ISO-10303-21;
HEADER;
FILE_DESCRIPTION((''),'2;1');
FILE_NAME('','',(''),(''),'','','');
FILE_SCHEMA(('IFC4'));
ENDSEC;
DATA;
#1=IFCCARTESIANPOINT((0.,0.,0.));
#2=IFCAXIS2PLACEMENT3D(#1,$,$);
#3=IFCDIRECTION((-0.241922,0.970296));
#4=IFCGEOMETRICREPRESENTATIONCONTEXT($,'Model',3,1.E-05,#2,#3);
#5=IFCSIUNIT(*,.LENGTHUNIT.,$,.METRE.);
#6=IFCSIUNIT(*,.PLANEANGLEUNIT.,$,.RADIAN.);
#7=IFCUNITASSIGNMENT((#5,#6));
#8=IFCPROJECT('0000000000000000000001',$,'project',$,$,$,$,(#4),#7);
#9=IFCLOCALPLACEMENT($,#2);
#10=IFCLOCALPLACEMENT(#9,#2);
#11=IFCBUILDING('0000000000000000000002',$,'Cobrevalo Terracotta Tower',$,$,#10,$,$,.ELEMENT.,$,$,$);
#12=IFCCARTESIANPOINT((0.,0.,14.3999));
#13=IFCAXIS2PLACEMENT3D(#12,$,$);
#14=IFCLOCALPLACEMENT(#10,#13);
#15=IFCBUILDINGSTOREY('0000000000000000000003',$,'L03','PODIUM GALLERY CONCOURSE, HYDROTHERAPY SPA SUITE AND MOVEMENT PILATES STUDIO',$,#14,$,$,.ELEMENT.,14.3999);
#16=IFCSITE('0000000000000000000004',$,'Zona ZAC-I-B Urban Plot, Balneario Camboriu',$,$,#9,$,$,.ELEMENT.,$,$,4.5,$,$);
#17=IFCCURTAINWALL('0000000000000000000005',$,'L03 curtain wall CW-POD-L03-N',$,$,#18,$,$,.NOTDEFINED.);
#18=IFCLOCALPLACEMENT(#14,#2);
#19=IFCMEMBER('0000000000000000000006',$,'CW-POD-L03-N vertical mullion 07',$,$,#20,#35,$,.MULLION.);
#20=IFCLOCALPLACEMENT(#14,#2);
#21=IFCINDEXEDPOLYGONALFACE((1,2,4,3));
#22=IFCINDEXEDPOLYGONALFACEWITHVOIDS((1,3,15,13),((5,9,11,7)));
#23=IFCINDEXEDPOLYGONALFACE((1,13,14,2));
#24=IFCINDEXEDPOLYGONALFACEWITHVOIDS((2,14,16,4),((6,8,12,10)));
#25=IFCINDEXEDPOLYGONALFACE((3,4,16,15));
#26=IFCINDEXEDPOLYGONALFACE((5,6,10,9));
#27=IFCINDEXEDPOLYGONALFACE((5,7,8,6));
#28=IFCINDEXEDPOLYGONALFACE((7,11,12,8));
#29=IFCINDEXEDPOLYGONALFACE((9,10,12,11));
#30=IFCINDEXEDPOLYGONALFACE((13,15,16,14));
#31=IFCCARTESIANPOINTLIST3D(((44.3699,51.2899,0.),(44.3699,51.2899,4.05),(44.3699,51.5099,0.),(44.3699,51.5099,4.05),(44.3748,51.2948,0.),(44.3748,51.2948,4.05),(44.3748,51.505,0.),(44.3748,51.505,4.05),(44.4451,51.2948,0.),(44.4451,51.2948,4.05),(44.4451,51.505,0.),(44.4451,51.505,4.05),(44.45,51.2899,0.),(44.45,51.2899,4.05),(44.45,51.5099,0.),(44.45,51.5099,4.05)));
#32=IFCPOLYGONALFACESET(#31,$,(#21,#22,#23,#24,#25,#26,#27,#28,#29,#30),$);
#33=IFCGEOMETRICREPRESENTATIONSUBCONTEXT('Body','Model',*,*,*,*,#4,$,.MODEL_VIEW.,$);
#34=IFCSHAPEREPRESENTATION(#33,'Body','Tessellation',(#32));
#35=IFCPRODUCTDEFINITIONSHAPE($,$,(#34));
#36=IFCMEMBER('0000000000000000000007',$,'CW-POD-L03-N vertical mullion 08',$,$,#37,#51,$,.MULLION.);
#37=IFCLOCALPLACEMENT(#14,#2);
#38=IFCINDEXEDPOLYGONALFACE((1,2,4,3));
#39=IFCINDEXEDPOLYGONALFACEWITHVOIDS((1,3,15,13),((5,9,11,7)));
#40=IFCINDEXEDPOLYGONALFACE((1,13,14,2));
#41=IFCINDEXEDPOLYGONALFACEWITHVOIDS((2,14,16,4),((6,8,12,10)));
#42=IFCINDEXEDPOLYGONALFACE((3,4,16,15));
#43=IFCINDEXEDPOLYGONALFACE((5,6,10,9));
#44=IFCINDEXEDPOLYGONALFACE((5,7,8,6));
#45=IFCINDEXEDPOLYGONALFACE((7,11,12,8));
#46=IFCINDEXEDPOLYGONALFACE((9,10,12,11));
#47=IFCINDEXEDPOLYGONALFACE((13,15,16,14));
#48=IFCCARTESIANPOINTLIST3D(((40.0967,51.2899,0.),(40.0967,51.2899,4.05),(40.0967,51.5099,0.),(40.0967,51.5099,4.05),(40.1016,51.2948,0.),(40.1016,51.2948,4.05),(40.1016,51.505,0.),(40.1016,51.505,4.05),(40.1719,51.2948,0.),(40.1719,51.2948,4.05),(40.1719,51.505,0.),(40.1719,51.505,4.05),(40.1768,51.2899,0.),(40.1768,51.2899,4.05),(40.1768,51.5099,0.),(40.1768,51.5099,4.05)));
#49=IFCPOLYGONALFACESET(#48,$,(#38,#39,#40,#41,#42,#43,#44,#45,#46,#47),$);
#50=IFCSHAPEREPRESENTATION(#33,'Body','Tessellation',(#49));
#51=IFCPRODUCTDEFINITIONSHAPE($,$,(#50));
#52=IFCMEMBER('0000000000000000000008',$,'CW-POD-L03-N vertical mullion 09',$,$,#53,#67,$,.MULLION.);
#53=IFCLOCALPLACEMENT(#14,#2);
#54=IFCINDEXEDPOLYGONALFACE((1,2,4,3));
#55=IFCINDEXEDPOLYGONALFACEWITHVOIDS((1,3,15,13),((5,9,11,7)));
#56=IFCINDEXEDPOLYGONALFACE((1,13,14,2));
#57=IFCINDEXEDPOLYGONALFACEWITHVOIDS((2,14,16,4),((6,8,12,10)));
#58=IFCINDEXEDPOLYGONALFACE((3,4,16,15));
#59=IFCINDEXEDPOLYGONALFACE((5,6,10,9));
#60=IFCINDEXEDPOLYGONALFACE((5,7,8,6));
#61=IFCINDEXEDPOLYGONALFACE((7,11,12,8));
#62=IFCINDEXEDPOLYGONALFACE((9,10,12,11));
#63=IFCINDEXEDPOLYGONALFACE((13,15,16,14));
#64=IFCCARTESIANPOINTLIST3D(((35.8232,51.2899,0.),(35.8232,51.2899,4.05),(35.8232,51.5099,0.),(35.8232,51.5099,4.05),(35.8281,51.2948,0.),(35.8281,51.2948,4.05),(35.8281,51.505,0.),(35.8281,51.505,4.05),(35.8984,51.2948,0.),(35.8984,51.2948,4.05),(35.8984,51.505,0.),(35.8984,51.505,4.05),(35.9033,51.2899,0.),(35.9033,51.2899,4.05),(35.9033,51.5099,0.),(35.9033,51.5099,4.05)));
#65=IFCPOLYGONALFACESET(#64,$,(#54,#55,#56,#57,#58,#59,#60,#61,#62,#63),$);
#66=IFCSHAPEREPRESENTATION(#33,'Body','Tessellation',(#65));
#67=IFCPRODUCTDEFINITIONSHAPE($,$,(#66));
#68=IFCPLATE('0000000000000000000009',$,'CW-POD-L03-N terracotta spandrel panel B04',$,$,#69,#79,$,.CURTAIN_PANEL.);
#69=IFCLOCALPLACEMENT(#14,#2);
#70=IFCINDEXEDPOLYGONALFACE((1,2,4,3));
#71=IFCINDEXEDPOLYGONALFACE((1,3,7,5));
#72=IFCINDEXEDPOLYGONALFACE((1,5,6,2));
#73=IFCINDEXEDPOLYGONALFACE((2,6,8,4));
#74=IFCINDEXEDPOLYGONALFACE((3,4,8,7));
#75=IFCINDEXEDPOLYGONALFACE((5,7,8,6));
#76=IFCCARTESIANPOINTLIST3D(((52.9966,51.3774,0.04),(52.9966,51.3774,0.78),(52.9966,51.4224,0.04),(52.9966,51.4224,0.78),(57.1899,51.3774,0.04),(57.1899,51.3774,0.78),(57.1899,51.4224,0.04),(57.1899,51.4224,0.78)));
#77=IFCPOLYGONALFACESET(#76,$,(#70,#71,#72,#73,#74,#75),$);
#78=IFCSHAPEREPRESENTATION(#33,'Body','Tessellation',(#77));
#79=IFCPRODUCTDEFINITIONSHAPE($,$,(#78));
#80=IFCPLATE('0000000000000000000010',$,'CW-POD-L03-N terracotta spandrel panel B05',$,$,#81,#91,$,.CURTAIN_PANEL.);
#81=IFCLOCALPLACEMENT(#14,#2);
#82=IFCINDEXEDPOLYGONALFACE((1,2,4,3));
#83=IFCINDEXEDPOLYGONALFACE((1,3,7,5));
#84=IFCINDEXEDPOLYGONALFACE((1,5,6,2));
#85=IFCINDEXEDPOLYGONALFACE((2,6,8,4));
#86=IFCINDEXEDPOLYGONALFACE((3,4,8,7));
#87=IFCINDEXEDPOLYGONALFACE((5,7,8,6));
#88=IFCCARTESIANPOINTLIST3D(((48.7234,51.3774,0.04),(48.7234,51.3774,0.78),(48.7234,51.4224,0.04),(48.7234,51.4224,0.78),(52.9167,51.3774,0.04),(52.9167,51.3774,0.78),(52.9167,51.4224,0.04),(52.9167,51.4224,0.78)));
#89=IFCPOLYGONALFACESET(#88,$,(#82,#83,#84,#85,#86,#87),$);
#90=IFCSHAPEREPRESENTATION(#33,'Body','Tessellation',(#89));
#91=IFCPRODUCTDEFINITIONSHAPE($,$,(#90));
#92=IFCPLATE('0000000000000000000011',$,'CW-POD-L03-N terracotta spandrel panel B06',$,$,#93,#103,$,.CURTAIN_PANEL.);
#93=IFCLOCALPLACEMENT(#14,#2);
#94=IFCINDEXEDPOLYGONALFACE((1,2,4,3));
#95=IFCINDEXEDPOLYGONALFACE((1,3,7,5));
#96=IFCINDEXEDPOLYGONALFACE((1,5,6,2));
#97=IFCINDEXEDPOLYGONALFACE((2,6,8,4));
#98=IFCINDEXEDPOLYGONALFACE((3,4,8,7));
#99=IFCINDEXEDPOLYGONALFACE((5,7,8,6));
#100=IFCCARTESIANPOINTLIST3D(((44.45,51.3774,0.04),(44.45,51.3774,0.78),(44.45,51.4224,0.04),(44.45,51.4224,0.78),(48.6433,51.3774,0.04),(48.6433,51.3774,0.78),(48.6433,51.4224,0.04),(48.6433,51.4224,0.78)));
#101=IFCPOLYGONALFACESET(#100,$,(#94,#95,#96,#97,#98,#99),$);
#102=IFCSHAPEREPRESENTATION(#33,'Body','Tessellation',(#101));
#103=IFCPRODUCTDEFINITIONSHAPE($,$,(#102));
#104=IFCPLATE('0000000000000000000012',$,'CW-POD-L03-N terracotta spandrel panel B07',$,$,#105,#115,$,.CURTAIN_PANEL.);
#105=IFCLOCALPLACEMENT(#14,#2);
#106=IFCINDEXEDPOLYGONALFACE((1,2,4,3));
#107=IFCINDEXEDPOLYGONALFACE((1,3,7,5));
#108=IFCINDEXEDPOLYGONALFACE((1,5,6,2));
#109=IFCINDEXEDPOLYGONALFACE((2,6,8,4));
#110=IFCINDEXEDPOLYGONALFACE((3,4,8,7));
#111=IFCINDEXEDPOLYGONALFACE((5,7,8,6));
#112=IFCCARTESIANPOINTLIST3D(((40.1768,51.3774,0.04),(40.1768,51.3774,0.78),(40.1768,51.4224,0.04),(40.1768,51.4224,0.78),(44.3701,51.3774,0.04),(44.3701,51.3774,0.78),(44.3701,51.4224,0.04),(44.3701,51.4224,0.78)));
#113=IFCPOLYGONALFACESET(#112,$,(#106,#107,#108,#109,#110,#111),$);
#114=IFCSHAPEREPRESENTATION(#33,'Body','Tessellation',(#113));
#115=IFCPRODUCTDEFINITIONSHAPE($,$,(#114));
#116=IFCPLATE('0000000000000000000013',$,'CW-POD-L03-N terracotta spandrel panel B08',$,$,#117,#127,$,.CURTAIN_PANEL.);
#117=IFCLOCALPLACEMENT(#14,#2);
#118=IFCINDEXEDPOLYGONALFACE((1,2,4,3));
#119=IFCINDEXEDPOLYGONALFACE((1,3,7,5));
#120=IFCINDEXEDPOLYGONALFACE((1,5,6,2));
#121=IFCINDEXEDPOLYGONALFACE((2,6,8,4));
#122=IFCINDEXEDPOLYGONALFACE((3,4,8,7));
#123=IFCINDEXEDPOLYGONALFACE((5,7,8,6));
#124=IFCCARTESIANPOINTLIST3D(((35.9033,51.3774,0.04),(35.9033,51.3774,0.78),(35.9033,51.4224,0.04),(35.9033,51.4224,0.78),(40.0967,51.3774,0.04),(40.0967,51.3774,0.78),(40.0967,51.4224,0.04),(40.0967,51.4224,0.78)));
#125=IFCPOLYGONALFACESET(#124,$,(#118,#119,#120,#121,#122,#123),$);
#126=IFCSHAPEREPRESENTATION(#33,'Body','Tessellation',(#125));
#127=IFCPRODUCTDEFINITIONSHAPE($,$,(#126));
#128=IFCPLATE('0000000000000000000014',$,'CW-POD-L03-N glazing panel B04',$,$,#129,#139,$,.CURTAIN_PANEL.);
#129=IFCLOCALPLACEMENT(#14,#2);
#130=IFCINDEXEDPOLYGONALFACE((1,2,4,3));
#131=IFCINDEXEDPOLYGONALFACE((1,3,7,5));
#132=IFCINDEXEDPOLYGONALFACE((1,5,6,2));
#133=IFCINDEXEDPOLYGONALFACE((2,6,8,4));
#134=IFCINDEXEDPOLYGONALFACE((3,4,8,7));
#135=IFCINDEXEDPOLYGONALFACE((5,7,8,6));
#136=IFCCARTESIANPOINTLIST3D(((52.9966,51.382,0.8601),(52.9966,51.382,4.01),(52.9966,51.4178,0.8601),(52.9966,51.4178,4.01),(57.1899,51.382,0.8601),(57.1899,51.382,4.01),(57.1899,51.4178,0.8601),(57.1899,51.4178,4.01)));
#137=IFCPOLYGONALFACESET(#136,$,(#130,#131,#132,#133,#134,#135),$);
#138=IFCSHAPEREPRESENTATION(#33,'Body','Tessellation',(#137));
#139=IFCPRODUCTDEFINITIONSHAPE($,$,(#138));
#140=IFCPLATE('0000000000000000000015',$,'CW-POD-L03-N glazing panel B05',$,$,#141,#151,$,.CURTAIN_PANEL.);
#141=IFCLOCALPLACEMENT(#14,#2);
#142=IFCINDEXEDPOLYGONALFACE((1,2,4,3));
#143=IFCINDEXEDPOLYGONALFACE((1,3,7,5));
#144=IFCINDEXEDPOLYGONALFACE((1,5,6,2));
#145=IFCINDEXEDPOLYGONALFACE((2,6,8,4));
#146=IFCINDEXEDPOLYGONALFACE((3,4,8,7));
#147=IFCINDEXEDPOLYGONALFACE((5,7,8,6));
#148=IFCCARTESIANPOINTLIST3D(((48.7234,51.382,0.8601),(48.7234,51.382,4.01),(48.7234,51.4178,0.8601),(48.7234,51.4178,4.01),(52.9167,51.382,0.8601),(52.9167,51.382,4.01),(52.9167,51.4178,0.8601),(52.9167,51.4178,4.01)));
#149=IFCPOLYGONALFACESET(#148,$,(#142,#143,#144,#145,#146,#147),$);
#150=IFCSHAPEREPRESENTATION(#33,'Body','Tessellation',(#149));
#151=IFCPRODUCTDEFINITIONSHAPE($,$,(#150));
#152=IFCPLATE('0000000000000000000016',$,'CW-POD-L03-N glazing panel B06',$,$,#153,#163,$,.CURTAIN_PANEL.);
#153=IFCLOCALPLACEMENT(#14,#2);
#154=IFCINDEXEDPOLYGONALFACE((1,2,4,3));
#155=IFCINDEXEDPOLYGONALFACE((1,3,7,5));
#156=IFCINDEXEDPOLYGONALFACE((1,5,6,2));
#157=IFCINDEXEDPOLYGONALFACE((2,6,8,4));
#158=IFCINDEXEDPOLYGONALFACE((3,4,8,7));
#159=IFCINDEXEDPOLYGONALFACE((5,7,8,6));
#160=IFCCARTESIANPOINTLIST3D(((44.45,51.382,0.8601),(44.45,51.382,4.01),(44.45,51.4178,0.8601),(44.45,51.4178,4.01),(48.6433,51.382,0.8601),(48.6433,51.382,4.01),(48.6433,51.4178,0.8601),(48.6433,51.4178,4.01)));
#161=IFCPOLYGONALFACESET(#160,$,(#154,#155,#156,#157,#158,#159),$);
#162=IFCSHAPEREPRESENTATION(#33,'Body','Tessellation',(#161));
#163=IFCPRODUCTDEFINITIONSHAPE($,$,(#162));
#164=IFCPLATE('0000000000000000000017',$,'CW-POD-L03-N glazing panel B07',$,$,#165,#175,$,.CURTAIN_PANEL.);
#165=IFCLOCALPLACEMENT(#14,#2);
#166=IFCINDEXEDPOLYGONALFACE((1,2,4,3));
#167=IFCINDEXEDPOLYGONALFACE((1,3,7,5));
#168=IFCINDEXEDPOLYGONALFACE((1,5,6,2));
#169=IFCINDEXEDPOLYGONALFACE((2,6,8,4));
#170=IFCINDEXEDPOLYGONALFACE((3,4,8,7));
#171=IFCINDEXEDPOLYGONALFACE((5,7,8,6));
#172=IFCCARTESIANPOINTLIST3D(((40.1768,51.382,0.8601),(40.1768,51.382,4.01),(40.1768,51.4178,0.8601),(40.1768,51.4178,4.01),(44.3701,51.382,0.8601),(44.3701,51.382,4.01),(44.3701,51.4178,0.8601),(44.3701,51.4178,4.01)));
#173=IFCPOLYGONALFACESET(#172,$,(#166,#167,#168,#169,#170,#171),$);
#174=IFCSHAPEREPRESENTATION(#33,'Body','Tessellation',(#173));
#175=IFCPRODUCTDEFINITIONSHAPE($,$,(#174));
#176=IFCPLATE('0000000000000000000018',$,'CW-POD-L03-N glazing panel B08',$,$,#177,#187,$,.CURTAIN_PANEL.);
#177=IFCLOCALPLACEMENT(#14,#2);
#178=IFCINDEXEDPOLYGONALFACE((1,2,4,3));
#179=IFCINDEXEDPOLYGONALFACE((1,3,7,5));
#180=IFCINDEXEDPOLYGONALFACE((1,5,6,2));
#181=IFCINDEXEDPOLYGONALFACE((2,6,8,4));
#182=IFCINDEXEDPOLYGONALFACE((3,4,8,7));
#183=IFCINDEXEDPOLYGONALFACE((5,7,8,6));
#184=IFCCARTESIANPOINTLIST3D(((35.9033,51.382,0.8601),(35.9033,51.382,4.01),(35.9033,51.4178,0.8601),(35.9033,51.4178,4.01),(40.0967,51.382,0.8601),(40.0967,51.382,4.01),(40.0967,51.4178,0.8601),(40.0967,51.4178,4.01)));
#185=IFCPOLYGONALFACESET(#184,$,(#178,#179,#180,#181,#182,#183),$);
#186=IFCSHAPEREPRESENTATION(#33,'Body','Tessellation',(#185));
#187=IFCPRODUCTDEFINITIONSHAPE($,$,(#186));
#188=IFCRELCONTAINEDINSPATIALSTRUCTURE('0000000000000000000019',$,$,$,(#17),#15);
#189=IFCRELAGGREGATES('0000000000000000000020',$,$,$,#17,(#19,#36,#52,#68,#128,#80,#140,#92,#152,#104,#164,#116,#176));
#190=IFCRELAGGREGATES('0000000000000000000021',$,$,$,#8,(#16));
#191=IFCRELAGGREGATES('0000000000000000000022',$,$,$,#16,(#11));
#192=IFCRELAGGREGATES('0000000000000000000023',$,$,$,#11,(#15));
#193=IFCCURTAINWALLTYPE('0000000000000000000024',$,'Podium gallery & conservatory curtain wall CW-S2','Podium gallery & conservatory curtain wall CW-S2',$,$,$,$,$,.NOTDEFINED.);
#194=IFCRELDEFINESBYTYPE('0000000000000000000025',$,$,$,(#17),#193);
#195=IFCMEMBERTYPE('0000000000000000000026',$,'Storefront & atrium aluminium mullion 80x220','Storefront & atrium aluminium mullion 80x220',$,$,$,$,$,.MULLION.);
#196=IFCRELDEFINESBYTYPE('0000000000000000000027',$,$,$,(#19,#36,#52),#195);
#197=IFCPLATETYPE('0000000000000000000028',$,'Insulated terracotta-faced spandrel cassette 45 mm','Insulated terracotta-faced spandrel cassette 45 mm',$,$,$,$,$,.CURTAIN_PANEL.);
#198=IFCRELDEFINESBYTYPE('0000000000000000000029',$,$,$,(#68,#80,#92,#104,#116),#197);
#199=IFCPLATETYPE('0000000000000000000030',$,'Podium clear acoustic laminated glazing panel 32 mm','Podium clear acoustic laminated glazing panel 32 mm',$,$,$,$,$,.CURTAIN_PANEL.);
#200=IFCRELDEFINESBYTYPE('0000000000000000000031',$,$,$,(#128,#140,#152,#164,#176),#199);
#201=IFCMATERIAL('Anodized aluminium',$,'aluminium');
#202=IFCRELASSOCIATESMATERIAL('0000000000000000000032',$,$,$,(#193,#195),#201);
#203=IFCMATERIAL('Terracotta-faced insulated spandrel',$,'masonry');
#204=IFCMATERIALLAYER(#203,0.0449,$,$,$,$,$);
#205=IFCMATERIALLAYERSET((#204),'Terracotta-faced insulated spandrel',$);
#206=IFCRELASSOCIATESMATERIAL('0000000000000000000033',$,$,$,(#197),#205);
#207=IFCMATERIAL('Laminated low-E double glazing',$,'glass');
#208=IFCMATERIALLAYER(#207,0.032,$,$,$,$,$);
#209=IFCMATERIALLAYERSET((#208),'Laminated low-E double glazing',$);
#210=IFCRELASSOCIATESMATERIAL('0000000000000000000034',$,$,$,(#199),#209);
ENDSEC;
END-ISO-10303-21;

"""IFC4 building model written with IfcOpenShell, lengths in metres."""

from ifc_helpers import new_model, si_unit, direction, frame, origin, origin_2d, place, context, subcontext, project, spatial, rectangle, hollow_rectangle, extrude, source, transform, mapped, material, layer, layer_set, material_profile, profile_set, type_object, element, aggregate, save


model = new_model("IFC4")

# Units and contexts
model_context = context("Model", 3, precision=1e-05, world=origin(), true_north=direction((-0.241922, 0.970296)))
body_context = subcontext(model_context, "Body", "Model", "MODEL_VIEW")
ifc_project = project(units=[si_unit("LENGTHUNIT", "METRE"), si_unit("PLANEANGLEUNIT", "RADIAN")], contexts=[model_context])

# Site, building, storey
site_placement = place(None, origin())
site = spatial("IfcSite", under=ifc_project, at=site_placement, Name="Zona ZAC-I-B Urban Plot, Balneario Camboriu", CompositionType="ELEMENT", RefElevation=4.5)
building_placement = place(site_placement, origin())
building = spatial("IfcBuilding", under=site, at=building_placement, Name="Cobrevalo Terracotta Tower", CompositionType="ELEMENT")
storey_placement = place(building_placement, frame((0.0, 0.0, 14.3999)))
storey = spatial("IfcBuildingStorey", under=building, at=storey_placement, Name="L03", Description="PODIUM GALLERY CONCOURSE, HYDROTHERAPY SPA SUITE AND MOVEMENT PILATES STUDIO", CompositionType="ELEMENT", Elevation=14.3999)

# Curtain wall, members, plates
ifc_material_1 = material(Name="Anodized aluminium", Category="aluminium")
curtain_wall_type = type_object("IfcCurtainWallType", Name="Podium gallery & conservatory curtain wall CW-S2", Description="Podium gallery & conservatory curtain wall CW-S2", PredefinedType="NOTDEFINED", material=ifc_material_1)
curtain_wall_placement = place(storey_placement, origin())
curtain_wall = element("IfcCurtainWall", 1, at=curtain_wall_placement, inside=storey, type_object=curtain_wall_type, Name="L03 curtain wall CW-POD-L03-N", PredefinedType="NOTDEFINED")
ifc_material_profile_1 = material_profile(ifc_material_1, hollow_rectangle(XDim=0.0801, YDim=0.22, WallThickness=0.0049, at=origin_2d()), Name="CWM 80x220")
ifc_profile_set_1 = profile_set([ifc_material_profile_1], Name="Anodized aluminium")
member_type_1 = type_object("IfcMemberType", Name="Storefront & atrium aluminium mullion 80x220", Description="Storefront & atrium aluminium mullion 80x220", PredefinedType="MULLION", material=ifc_profile_set_1)
shared_shape_1 = source(origin(), body_context, "Body", "SweptSolid", [
    extrude(hollow_rectangle(XDim=0.0801, YDim=0.22, WallThickness=0.0049, at=origin_2d()), origin(), (0.0, 0.0, 1.0), 4.05),
])
member_1_placement = place(storey_placement, frame((44.4099, 51.3999, 0.0), z_axis=(0.0, 0.0, 1.0), x_axis=(-1.0, 0.0, 0.0)))
member_1 = element("IfcMember", 2, at=member_1_placement, type_object=member_type_1, Name="CW-POD-L03-N vertical mullion 07", PredefinedType="MULLION", context=body_context, shape_type="MappedRepresentation", body=[
    mapped(shared_shape_1, transform((0.0, 0.0, 0.0), scale=1.0)),
])
member_2_placement = place(storey_placement, frame((40.1367, 51.3999, 0.0), z_axis=(0.0, 0.0, 1.0), x_axis=(-1.0, 0.0, 0.0)))
member_2 = element("IfcMember", 3, at=member_2_placement, type_object=member_type_1, Name="CW-POD-L03-N vertical mullion 08", PredefinedType="MULLION", context=body_context, shape_type="MappedRepresentation", body=[
    mapped(shared_shape_1, transform((0.0, 0.0, 0.0), scale=1.0)),
])
member_3_placement = place(storey_placement, frame((35.8633, 51.3999, 0.0), z_axis=(0.0, 0.0, 1.0), x_axis=(-1.0, 0.0, 0.0)))
member_3 = element("IfcMember", 4, at=member_3_placement, type_object=member_type_1, Name="CW-POD-L03-N vertical mullion 09", PredefinedType="MULLION", context=body_context, shape_type="MappedRepresentation", body=[
    mapped(shared_shape_1, transform((0.0, 0.0, 0.0), scale=1.0)),
])
ifc_material_2 = material(Name="Terracotta-faced insulated spandrel", Category="masonry")
ifc_layer_1 = layer(ifc_material_2, 0.0449)
ifc_layer_set_1 = layer_set([ifc_layer_1], Name="Terracotta-faced insulated spandrel")
plate_type_1 = type_object("IfcPlateType", Name="Insulated terracotta-faced spandrel cassette 45 mm", Description="Insulated terracotta-faced spandrel cassette 45 mm", PredefinedType="CURTAIN_PANEL", material=ifc_layer_set_1)
shared_shape_2 = source(origin(), body_context, "Body", "SweptSolid", [
    extrude(rectangle(XDim=4.1934, YDim=0.0449, at=origin_2d()), origin(), (0.0, 0.0, 1.0), 0.74),
])
plate_1_placement = place(storey_placement, frame((55.0933, 51.3999, 0.04), z_axis=(0.0, 0.0, 1.0), x_axis=(-1.0, 0.0, 0.0)))
plate_1 = element("IfcPlate", 5, at=plate_1_placement, type_object=plate_type_1, Name="CW-POD-L03-N terracotta spandrel panel B04", PredefinedType="CURTAIN_PANEL", context=body_context, shape_type="MappedRepresentation", body=[
    mapped(shared_shape_2, transform((0.0, 0.0, 0.0), scale=1.0)),
])
plate_2_placement = place(storey_placement, frame((50.8201, 51.3999, 0.04), z_axis=(0.0, 0.0, 1.0), x_axis=(-1.0, 0.0, 0.0)))
plate_2 = element("IfcPlate", 6, at=plate_2_placement, type_object=plate_type_1, Name="CW-POD-L03-N terracotta spandrel panel B05", PredefinedType="CURTAIN_PANEL", context=body_context, shape_type="MappedRepresentation", body=[
    mapped(shared_shape_2, transform((0.0, 0.0, 0.0), scale=1.0)),
])
plate_3_placement = place(storey_placement, frame((46.5466, 51.3999, 0.04), z_axis=(0.0, 0.0, 1.0), x_axis=(-1.0, 0.0, 0.0)))
plate_3 = element("IfcPlate", 7, at=plate_3_placement, type_object=plate_type_1, Name="CW-POD-L03-N terracotta spandrel panel B06", PredefinedType="CURTAIN_PANEL", context=body_context, shape_type="MappedRepresentation", body=[
    mapped(shared_shape_2, transform((0.0, 0.0, 0.0), scale=1.0)),
])
plate_4_placement = place(storey_placement, frame((42.2734, 51.3999, 0.04), z_axis=(0.0, 0.0, 1.0), x_axis=(-1.0, 0.0, 0.0)))
plate_4 = element("IfcPlate", 8, at=plate_4_placement, type_object=plate_type_1, Name="CW-POD-L03-N terracotta spandrel panel B07", PredefinedType="CURTAIN_PANEL", context=body_context, shape_type="MappedRepresentation", body=[
    mapped(shared_shape_2, transform((0.0, 0.0, 0.0), scale=1.0)),
])
plate_5_placement = place(storey_placement, frame((38.0, 51.3999, 0.04), z_axis=(0.0, 0.0, 1.0), x_axis=(-1.0, 0.0, 0.0)))
plate_5 = element("IfcPlate", 9, at=plate_5_placement, type_object=plate_type_1, Name="CW-POD-L03-N terracotta spandrel panel B08", PredefinedType="CURTAIN_PANEL", context=body_context, shape_type="MappedRepresentation", body=[
    mapped(shared_shape_2, transform((0.0, 0.0, 0.0), scale=1.0)),
])
ifc_material_3 = material(Name="Laminated low-E double glazing", Category="glass")
ifc_layer_2 = layer(ifc_material_3, 0.032)
ifc_layer_set_2 = layer_set([ifc_layer_2], Name="Laminated low-E double glazing")
plate_type_2 = type_object("IfcPlateType", Name="Podium clear acoustic laminated glazing panel 32 mm", Description="Podium clear acoustic laminated glazing panel 32 mm", PredefinedType="CURTAIN_PANEL", material=ifc_layer_set_2)
shared_shape_3 = source(origin(), body_context, "Body", "SweptSolid", [
    extrude(rectangle(XDim=4.1934, YDim=0.0359, at=origin_2d()), origin(), (0.0, 0.0, 1.0), 3.1499),
])
plate_6_placement = place(storey_placement, frame((55.0933, 51.3999, 0.8601), z_axis=(0.0, 0.0, 1.0), x_axis=(-1.0, 0.0, 0.0)))
plate_6 = element("IfcPlate", 10, at=plate_6_placement, type_object=plate_type_2, Name="CW-POD-L03-N glazing panel B04", PredefinedType="CURTAIN_PANEL", context=body_context, shape_type="MappedRepresentation", body=[
    mapped(shared_shape_3, transform((0.0, 0.0, 0.0), scale=1.0)),
])
plate_7_placement = place(storey_placement, frame((50.8201, 51.3999, 0.8601), z_axis=(0.0, 0.0, 1.0), x_axis=(-1.0, 0.0, 0.0)))
plate_7 = element("IfcPlate", 11, at=plate_7_placement, type_object=plate_type_2, Name="CW-POD-L03-N glazing panel B05", PredefinedType="CURTAIN_PANEL", context=body_context, shape_type="MappedRepresentation", body=[
    mapped(shared_shape_3, transform((0.0, 0.0, 0.0), scale=1.0)),
])
plate_8_placement = place(storey_placement, frame((46.5466, 51.3999, 0.8601), z_axis=(0.0, 0.0, 1.0), x_axis=(-1.0, 0.0, 0.0)))
plate_8 = element("IfcPlate", 12, at=plate_8_placement, type_object=plate_type_2, Name="CW-POD-L03-N glazing panel B06", PredefinedType="CURTAIN_PANEL", context=body_context, shape_type="MappedRepresentation", body=[
    mapped(shared_shape_3, transform((0.0, 0.0, 0.0), scale=1.0)),
])
plate_9_placement = place(storey_placement, frame((42.2734, 51.3999, 0.8601), z_axis=(0.0, 0.0, 1.0), x_axis=(-1.0, 0.0, 0.0)))
plate_9 = element("IfcPlate", 13, at=plate_9_placement, type_object=plate_type_2, Name="CW-POD-L03-N glazing panel B07", PredefinedType="CURTAIN_PANEL", context=body_context, shape_type="MappedRepresentation", body=[
    mapped(shared_shape_3, transform((0.0, 0.0, 0.0), scale=1.0)),
])
plate_10_placement = place(storey_placement, frame((38.0, 51.3999, 0.8601), z_axis=(0.0, 0.0, 1.0), x_axis=(-1.0, 0.0, 0.0)))
plate_10 = element("IfcPlate", 14, at=plate_10_placement, type_object=plate_type_2, Name="CW-POD-L03-N glazing panel B08", PredefinedType="CURTAIN_PANEL", context=body_context, shape_type="MappedRepresentation", body=[
    mapped(shared_shape_3, transform((0.0, 0.0, 0.0), scale=1.0)),
])
aggregate(curtain_wall, [member_1, member_2, member_3, plate_1, plate_6, plate_2, plate_7, plate_3, plate_8, plate_4, plate_9, plate_5, plate_10])

save(model, "model.ifc")
